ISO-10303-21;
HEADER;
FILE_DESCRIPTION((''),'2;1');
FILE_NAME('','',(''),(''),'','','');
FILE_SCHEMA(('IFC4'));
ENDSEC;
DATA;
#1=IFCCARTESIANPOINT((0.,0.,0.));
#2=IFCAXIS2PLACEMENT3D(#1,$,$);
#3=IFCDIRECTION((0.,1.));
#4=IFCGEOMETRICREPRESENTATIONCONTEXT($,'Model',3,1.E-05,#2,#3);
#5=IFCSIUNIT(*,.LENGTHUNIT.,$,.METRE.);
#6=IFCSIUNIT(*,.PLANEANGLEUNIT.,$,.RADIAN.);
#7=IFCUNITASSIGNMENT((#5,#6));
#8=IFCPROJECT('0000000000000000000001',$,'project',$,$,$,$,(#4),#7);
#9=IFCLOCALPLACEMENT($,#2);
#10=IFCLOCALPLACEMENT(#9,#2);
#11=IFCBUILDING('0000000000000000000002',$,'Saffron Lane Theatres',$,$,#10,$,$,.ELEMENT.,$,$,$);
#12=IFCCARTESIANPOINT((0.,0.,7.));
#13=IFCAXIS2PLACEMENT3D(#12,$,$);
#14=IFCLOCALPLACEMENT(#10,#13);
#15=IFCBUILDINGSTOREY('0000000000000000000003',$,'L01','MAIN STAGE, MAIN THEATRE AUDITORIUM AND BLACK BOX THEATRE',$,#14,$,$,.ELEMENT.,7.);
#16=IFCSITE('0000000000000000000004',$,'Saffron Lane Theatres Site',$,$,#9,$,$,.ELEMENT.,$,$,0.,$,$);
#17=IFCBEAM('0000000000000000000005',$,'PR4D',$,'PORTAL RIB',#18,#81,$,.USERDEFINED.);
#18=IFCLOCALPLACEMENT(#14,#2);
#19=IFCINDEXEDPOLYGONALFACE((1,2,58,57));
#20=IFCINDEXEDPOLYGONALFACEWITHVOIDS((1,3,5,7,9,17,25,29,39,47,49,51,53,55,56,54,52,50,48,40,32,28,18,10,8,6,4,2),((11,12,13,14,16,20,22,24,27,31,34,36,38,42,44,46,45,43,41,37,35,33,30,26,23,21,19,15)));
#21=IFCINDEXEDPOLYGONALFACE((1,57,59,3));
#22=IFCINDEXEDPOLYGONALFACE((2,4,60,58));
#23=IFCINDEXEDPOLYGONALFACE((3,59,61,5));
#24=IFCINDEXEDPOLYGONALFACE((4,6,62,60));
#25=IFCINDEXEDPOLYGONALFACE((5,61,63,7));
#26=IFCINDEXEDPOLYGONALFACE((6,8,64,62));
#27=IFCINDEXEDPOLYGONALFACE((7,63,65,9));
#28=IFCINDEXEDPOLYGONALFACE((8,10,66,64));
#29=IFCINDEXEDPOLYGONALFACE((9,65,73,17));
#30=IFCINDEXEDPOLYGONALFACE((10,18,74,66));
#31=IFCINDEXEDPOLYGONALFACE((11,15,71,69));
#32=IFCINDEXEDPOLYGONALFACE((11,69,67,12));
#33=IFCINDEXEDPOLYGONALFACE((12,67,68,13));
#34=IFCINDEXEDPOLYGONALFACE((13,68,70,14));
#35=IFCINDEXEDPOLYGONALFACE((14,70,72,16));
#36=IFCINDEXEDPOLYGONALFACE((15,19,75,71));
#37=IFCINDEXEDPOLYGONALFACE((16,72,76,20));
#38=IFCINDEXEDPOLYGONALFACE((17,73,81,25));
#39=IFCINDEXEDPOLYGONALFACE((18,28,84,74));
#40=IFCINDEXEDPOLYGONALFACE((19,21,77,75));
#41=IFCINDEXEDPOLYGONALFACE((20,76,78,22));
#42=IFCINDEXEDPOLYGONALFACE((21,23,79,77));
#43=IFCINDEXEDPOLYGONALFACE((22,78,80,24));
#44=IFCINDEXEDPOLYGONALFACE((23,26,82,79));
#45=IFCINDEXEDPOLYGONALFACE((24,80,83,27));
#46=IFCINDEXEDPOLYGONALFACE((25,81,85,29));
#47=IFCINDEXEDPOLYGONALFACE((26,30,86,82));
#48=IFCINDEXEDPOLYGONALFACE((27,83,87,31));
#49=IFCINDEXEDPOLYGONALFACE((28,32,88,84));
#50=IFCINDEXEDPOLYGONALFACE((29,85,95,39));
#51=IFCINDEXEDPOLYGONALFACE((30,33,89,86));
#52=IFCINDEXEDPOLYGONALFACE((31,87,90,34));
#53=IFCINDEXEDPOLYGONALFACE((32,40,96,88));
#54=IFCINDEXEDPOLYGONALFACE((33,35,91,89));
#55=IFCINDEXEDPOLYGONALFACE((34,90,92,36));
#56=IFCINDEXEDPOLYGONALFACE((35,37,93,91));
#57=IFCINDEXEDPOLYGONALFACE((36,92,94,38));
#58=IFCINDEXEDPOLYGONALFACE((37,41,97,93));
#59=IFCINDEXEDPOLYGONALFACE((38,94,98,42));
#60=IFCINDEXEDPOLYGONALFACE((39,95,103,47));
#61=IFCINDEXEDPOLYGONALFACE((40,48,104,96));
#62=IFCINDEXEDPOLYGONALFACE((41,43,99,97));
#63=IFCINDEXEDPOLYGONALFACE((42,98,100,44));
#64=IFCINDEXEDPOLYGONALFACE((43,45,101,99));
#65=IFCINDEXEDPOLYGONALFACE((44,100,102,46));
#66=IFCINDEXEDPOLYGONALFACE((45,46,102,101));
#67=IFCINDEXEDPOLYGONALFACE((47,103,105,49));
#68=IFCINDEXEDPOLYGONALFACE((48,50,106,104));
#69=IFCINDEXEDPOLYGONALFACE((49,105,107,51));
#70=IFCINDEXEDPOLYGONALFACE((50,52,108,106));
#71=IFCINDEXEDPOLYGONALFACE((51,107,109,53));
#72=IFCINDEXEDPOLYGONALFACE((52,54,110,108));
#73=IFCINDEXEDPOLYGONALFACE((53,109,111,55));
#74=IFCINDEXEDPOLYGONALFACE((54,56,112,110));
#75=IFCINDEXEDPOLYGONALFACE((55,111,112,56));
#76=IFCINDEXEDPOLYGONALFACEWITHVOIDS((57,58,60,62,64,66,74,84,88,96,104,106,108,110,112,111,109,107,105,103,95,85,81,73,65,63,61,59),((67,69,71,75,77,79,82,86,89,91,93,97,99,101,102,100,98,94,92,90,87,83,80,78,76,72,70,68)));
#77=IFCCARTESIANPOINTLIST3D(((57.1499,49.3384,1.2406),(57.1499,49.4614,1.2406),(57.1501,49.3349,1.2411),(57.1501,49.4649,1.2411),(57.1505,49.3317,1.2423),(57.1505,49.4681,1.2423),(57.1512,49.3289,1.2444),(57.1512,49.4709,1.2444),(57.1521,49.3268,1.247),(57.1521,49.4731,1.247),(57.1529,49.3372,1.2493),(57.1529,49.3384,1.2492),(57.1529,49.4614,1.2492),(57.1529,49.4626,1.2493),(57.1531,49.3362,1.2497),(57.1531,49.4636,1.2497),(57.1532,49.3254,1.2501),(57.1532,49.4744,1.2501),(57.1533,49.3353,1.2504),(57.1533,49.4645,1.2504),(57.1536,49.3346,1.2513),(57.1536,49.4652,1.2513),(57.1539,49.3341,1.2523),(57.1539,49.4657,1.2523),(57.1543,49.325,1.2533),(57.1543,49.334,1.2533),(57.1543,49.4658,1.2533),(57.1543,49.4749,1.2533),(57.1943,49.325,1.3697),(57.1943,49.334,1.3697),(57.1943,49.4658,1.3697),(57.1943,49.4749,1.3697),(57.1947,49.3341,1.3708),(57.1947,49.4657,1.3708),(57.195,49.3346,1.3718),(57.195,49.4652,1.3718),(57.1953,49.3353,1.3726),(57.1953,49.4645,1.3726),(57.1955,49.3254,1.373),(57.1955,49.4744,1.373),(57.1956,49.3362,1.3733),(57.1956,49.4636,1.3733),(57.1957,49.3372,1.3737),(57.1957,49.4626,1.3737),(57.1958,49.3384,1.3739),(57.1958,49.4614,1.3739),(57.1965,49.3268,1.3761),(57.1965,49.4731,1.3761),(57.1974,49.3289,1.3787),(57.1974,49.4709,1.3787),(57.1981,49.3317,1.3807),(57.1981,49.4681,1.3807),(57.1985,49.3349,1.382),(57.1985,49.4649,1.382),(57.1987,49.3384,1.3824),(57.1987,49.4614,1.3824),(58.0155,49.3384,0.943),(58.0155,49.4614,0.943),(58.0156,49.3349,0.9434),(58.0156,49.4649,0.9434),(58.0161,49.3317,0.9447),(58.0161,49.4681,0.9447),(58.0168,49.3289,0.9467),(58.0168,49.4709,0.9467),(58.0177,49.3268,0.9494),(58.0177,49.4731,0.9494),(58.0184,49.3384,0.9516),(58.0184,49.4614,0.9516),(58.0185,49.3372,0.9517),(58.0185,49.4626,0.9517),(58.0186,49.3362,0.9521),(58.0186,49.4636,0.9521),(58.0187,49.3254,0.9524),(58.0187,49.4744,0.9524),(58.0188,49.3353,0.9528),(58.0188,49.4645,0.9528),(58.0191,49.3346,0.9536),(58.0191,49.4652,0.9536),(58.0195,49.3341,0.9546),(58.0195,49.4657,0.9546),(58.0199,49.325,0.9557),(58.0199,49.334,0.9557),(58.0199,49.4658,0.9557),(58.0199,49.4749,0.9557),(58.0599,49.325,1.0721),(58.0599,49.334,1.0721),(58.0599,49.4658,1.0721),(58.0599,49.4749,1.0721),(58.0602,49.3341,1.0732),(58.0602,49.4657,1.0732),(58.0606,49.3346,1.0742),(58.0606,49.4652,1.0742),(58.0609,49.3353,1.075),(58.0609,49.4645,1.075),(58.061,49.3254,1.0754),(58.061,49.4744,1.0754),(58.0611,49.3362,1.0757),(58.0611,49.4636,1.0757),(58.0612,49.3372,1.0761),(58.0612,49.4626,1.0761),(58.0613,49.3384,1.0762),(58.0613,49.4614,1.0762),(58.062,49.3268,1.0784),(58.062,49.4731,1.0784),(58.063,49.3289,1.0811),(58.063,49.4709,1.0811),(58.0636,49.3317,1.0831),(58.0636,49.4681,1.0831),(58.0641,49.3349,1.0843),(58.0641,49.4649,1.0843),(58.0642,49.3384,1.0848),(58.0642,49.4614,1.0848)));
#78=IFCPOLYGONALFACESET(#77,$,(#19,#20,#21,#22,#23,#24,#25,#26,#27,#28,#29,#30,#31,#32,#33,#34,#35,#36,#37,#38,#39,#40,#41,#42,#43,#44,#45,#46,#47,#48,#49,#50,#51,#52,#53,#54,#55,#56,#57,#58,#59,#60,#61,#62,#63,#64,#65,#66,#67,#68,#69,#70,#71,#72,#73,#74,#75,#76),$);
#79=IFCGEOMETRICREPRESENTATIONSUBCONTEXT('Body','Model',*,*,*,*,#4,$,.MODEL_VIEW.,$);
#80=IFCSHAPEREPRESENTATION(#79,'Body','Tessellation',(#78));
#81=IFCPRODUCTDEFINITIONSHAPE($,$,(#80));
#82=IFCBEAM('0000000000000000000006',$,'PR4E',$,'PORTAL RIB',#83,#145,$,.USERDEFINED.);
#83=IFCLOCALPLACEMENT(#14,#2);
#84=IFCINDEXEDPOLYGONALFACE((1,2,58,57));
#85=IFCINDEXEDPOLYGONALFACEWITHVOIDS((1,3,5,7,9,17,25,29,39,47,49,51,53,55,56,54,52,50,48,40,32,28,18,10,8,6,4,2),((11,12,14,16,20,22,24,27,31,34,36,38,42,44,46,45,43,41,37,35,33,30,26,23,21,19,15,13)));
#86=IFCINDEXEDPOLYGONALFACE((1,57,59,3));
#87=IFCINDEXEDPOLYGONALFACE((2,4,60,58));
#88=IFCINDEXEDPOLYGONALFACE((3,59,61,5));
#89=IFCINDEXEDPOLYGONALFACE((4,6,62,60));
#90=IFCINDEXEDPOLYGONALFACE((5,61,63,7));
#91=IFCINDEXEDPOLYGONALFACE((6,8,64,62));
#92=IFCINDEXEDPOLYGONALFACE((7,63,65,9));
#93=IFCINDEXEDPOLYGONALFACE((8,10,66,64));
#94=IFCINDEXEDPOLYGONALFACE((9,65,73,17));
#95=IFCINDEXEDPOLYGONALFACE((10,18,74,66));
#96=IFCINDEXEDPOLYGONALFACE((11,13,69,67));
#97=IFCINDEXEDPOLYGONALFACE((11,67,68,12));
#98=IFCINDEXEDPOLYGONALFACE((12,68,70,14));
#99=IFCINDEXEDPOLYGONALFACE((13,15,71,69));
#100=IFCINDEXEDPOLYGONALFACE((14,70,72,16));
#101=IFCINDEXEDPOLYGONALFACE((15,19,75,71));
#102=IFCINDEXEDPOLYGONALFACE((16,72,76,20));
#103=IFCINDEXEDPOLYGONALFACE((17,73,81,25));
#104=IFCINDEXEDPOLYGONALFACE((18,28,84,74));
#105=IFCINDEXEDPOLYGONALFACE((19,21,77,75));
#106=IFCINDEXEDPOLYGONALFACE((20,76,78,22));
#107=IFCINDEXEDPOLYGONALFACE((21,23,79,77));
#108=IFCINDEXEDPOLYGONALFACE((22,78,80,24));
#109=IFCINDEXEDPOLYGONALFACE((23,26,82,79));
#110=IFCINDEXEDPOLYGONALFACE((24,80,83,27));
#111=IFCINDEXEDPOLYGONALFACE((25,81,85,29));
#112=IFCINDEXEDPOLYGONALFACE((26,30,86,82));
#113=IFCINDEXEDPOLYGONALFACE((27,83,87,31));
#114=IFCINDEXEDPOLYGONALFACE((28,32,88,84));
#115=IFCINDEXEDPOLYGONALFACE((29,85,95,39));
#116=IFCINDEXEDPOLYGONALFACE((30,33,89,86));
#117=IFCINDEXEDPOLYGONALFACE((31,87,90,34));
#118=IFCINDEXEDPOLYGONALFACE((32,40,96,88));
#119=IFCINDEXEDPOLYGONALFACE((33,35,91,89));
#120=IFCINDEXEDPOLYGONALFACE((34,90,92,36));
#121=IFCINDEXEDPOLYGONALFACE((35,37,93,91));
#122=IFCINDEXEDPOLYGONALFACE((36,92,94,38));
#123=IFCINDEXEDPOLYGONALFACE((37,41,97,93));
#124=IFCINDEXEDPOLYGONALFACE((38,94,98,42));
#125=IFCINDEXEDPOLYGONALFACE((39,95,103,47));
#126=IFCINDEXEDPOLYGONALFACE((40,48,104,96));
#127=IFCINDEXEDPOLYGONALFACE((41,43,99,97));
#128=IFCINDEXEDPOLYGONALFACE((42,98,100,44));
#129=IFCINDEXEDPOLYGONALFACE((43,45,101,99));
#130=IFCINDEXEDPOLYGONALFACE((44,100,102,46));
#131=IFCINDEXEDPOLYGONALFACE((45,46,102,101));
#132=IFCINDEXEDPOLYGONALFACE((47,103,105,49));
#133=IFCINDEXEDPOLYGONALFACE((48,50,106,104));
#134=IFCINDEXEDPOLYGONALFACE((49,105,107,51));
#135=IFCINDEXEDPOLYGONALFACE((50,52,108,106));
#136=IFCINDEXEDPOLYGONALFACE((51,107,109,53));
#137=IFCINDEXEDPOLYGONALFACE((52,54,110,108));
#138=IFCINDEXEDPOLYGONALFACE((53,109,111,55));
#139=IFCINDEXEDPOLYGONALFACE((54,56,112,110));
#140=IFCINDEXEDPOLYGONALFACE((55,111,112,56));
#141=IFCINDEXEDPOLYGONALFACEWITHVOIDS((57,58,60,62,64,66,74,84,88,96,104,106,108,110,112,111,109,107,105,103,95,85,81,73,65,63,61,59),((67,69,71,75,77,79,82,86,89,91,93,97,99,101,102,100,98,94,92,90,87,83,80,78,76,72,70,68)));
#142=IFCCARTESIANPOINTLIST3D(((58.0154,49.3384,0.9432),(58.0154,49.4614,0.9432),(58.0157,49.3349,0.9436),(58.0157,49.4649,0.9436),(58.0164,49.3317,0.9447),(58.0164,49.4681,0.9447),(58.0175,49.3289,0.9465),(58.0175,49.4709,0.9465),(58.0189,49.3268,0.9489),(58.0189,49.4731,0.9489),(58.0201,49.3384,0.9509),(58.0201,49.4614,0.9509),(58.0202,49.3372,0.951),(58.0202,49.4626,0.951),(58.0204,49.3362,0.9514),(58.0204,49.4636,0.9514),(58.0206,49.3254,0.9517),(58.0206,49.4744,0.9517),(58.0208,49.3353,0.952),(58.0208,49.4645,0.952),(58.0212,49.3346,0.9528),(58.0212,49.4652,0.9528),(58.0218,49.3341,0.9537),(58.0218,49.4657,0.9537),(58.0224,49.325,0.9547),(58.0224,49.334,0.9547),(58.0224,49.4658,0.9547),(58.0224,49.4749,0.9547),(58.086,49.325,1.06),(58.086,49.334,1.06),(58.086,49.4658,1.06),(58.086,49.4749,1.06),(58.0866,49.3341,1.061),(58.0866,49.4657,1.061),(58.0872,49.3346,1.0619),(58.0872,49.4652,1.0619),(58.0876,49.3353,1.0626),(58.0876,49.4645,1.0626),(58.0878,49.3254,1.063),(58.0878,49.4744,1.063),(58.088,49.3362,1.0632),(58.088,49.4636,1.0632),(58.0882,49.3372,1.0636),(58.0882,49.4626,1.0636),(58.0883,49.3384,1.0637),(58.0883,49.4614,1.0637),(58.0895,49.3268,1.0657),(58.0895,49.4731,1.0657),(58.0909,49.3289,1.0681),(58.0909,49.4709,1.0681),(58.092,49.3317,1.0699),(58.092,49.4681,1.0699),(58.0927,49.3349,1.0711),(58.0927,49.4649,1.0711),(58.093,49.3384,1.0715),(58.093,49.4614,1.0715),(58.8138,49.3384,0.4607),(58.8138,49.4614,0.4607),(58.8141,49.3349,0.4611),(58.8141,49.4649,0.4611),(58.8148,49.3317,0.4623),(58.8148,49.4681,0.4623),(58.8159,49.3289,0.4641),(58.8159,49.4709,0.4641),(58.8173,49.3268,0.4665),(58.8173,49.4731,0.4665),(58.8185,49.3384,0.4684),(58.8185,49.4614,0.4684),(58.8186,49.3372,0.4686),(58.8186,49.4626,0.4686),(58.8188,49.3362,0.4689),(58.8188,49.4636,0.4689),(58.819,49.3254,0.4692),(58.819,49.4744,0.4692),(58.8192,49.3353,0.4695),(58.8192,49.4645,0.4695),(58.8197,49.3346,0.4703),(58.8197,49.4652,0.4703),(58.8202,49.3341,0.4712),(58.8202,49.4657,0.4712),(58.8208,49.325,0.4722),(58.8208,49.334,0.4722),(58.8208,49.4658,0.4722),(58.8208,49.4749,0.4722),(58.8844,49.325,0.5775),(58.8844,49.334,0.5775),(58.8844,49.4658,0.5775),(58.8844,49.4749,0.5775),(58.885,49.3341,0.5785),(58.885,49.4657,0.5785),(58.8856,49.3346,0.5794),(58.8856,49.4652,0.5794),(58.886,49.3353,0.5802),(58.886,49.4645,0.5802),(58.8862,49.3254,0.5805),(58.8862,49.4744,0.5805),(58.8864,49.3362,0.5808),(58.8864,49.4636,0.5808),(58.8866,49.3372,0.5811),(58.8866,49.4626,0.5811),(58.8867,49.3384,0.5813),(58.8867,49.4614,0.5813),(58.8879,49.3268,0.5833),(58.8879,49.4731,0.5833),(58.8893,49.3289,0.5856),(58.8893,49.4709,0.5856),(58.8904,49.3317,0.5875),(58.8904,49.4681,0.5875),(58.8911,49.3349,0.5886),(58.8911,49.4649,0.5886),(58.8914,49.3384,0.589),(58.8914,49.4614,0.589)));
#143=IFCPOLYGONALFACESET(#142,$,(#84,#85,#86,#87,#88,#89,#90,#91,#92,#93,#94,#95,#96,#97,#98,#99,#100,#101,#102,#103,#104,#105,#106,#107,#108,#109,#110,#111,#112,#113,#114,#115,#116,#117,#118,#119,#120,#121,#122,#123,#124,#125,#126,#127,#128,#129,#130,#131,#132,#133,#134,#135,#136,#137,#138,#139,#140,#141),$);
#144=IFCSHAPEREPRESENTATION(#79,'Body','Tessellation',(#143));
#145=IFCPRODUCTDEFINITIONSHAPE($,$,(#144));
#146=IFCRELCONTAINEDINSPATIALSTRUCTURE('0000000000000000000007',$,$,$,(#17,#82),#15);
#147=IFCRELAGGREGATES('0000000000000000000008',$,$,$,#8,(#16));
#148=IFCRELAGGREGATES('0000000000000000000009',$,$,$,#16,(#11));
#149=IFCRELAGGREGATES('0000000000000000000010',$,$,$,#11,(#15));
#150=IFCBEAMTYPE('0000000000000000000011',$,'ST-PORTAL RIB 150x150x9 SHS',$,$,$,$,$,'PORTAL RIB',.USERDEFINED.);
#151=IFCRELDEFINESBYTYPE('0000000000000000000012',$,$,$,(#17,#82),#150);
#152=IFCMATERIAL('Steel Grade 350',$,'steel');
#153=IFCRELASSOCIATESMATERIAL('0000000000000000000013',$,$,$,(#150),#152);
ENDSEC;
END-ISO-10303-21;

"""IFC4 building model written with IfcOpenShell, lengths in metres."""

from ifc_helpers import new_model, si_unit, direction, frame, origin, origin_2d, place, context, subcontext, project, spatial, hollow_rectangle, extrude, material, material_profile, profile_set, type_object, element, save


model = new_model("IFC4")

# Units and contexts
model_context = context("Model", 3, precision=1e-05, world=origin(), true_north=direction((0.0, 1.0)))
body_context = subcontext(model_context, "Body", "Model", "MODEL_VIEW")
ifc_project = project(units=[si_unit("LENGTHUNIT", "METRE"), si_unit("PLANEANGLEUNIT", "RADIAN")], contexts=[model_context])

# Site, building, storey
site_placement = place(None, origin())
site = spatial("IfcSite", under=ifc_project, at=site_placement, Name="Saffron Lane Theatres Site", CompositionType="ELEMENT", RefElevation=0.0)
building_placement = place(site_placement, origin())
building = spatial("IfcBuilding", under=site, at=building_placement, Name="Saffron Lane Theatres", CompositionType="ELEMENT")
storey_placement = place(building_placement, frame((0.0, 0.0, 7.0)))
storey = spatial("IfcBuildingStorey", under=building, at=storey_placement, Name="L01", Description="MAIN STAGE, MAIN THEATRE AUDITORIUM AND BLACK BOX THEATRE", CompositionType="ELEMENT", Elevation=7.0)

# Beams
ifc_material_1 = material(Name="Steel Grade 350", Category="steel")
ifc_material_profile_1 = material_profile(ifc_material_1, hollow_rectangle(XDim=0.1499, YDim=0.1499, WallThickness=0.009, InnerFilletRadius=0.0044, OuterFilletRadius=0.0134, at=origin_2d()))
ifc_profile_set_1 = profile_set([ifc_material_profile_1], Name="Steel Grade 350")
beam_type_1 = type_object("IfcBeamType", Name="ST-PORTAL RIB 150x150x9 SHS", ElementType="PORTAL RIB", PredefinedType="USERDEFINED", material=ifc_profile_set_1)
beam_1_placement = place(storey_placement, frame((57.1743, 49.3999, 1.3115), z_axis=(0.945653, 0.0, -0.325177), x_axis=(0.0, 1.0, 0.0)))
element("IfcBeam", 1, at=beam_1_placement, inside=storey, type_object=beam_type_1, Name="PR4D", ObjectType="PORTAL RIB", PredefinedType="USERDEFINED", context=body_context, shape_type="SweptSolid", body=[
    extrude(hollow_rectangle(XDim=0.1499, YDim=0.1499, WallThickness=0.009, InnerFilletRadius=0.0044, OuterFilletRadius=0.0134, at=origin_2d()), origin(), (0.0, 0.0, 1.0), 0.9153),
])
beam_2_placement = place(storey_placement, frame((58.0542, 49.3999, 1.0073), z_axis=(0.855872, 0.0, -0.517188), x_axis=(0.0, 1.0, 0.0)))
element("IfcBeam", 2, at=beam_2_placement, inside=storey, type_object=beam_type_1, Name="PR4E", ObjectType="PORTAL RIB", PredefinedType="USERDEFINED", context=body_context, shape_type="SweptSolid", body=[
    extrude(hollow_rectangle(XDim=0.1499, YDim=0.1499, WallThickness=0.009, InnerFilletRadius=0.0044, OuterFilletRadius=0.0134, at=origin_2d()), origin(), (0.0, 0.0, 1.0), 0.9329),
])

save(model, "model.ifc")
